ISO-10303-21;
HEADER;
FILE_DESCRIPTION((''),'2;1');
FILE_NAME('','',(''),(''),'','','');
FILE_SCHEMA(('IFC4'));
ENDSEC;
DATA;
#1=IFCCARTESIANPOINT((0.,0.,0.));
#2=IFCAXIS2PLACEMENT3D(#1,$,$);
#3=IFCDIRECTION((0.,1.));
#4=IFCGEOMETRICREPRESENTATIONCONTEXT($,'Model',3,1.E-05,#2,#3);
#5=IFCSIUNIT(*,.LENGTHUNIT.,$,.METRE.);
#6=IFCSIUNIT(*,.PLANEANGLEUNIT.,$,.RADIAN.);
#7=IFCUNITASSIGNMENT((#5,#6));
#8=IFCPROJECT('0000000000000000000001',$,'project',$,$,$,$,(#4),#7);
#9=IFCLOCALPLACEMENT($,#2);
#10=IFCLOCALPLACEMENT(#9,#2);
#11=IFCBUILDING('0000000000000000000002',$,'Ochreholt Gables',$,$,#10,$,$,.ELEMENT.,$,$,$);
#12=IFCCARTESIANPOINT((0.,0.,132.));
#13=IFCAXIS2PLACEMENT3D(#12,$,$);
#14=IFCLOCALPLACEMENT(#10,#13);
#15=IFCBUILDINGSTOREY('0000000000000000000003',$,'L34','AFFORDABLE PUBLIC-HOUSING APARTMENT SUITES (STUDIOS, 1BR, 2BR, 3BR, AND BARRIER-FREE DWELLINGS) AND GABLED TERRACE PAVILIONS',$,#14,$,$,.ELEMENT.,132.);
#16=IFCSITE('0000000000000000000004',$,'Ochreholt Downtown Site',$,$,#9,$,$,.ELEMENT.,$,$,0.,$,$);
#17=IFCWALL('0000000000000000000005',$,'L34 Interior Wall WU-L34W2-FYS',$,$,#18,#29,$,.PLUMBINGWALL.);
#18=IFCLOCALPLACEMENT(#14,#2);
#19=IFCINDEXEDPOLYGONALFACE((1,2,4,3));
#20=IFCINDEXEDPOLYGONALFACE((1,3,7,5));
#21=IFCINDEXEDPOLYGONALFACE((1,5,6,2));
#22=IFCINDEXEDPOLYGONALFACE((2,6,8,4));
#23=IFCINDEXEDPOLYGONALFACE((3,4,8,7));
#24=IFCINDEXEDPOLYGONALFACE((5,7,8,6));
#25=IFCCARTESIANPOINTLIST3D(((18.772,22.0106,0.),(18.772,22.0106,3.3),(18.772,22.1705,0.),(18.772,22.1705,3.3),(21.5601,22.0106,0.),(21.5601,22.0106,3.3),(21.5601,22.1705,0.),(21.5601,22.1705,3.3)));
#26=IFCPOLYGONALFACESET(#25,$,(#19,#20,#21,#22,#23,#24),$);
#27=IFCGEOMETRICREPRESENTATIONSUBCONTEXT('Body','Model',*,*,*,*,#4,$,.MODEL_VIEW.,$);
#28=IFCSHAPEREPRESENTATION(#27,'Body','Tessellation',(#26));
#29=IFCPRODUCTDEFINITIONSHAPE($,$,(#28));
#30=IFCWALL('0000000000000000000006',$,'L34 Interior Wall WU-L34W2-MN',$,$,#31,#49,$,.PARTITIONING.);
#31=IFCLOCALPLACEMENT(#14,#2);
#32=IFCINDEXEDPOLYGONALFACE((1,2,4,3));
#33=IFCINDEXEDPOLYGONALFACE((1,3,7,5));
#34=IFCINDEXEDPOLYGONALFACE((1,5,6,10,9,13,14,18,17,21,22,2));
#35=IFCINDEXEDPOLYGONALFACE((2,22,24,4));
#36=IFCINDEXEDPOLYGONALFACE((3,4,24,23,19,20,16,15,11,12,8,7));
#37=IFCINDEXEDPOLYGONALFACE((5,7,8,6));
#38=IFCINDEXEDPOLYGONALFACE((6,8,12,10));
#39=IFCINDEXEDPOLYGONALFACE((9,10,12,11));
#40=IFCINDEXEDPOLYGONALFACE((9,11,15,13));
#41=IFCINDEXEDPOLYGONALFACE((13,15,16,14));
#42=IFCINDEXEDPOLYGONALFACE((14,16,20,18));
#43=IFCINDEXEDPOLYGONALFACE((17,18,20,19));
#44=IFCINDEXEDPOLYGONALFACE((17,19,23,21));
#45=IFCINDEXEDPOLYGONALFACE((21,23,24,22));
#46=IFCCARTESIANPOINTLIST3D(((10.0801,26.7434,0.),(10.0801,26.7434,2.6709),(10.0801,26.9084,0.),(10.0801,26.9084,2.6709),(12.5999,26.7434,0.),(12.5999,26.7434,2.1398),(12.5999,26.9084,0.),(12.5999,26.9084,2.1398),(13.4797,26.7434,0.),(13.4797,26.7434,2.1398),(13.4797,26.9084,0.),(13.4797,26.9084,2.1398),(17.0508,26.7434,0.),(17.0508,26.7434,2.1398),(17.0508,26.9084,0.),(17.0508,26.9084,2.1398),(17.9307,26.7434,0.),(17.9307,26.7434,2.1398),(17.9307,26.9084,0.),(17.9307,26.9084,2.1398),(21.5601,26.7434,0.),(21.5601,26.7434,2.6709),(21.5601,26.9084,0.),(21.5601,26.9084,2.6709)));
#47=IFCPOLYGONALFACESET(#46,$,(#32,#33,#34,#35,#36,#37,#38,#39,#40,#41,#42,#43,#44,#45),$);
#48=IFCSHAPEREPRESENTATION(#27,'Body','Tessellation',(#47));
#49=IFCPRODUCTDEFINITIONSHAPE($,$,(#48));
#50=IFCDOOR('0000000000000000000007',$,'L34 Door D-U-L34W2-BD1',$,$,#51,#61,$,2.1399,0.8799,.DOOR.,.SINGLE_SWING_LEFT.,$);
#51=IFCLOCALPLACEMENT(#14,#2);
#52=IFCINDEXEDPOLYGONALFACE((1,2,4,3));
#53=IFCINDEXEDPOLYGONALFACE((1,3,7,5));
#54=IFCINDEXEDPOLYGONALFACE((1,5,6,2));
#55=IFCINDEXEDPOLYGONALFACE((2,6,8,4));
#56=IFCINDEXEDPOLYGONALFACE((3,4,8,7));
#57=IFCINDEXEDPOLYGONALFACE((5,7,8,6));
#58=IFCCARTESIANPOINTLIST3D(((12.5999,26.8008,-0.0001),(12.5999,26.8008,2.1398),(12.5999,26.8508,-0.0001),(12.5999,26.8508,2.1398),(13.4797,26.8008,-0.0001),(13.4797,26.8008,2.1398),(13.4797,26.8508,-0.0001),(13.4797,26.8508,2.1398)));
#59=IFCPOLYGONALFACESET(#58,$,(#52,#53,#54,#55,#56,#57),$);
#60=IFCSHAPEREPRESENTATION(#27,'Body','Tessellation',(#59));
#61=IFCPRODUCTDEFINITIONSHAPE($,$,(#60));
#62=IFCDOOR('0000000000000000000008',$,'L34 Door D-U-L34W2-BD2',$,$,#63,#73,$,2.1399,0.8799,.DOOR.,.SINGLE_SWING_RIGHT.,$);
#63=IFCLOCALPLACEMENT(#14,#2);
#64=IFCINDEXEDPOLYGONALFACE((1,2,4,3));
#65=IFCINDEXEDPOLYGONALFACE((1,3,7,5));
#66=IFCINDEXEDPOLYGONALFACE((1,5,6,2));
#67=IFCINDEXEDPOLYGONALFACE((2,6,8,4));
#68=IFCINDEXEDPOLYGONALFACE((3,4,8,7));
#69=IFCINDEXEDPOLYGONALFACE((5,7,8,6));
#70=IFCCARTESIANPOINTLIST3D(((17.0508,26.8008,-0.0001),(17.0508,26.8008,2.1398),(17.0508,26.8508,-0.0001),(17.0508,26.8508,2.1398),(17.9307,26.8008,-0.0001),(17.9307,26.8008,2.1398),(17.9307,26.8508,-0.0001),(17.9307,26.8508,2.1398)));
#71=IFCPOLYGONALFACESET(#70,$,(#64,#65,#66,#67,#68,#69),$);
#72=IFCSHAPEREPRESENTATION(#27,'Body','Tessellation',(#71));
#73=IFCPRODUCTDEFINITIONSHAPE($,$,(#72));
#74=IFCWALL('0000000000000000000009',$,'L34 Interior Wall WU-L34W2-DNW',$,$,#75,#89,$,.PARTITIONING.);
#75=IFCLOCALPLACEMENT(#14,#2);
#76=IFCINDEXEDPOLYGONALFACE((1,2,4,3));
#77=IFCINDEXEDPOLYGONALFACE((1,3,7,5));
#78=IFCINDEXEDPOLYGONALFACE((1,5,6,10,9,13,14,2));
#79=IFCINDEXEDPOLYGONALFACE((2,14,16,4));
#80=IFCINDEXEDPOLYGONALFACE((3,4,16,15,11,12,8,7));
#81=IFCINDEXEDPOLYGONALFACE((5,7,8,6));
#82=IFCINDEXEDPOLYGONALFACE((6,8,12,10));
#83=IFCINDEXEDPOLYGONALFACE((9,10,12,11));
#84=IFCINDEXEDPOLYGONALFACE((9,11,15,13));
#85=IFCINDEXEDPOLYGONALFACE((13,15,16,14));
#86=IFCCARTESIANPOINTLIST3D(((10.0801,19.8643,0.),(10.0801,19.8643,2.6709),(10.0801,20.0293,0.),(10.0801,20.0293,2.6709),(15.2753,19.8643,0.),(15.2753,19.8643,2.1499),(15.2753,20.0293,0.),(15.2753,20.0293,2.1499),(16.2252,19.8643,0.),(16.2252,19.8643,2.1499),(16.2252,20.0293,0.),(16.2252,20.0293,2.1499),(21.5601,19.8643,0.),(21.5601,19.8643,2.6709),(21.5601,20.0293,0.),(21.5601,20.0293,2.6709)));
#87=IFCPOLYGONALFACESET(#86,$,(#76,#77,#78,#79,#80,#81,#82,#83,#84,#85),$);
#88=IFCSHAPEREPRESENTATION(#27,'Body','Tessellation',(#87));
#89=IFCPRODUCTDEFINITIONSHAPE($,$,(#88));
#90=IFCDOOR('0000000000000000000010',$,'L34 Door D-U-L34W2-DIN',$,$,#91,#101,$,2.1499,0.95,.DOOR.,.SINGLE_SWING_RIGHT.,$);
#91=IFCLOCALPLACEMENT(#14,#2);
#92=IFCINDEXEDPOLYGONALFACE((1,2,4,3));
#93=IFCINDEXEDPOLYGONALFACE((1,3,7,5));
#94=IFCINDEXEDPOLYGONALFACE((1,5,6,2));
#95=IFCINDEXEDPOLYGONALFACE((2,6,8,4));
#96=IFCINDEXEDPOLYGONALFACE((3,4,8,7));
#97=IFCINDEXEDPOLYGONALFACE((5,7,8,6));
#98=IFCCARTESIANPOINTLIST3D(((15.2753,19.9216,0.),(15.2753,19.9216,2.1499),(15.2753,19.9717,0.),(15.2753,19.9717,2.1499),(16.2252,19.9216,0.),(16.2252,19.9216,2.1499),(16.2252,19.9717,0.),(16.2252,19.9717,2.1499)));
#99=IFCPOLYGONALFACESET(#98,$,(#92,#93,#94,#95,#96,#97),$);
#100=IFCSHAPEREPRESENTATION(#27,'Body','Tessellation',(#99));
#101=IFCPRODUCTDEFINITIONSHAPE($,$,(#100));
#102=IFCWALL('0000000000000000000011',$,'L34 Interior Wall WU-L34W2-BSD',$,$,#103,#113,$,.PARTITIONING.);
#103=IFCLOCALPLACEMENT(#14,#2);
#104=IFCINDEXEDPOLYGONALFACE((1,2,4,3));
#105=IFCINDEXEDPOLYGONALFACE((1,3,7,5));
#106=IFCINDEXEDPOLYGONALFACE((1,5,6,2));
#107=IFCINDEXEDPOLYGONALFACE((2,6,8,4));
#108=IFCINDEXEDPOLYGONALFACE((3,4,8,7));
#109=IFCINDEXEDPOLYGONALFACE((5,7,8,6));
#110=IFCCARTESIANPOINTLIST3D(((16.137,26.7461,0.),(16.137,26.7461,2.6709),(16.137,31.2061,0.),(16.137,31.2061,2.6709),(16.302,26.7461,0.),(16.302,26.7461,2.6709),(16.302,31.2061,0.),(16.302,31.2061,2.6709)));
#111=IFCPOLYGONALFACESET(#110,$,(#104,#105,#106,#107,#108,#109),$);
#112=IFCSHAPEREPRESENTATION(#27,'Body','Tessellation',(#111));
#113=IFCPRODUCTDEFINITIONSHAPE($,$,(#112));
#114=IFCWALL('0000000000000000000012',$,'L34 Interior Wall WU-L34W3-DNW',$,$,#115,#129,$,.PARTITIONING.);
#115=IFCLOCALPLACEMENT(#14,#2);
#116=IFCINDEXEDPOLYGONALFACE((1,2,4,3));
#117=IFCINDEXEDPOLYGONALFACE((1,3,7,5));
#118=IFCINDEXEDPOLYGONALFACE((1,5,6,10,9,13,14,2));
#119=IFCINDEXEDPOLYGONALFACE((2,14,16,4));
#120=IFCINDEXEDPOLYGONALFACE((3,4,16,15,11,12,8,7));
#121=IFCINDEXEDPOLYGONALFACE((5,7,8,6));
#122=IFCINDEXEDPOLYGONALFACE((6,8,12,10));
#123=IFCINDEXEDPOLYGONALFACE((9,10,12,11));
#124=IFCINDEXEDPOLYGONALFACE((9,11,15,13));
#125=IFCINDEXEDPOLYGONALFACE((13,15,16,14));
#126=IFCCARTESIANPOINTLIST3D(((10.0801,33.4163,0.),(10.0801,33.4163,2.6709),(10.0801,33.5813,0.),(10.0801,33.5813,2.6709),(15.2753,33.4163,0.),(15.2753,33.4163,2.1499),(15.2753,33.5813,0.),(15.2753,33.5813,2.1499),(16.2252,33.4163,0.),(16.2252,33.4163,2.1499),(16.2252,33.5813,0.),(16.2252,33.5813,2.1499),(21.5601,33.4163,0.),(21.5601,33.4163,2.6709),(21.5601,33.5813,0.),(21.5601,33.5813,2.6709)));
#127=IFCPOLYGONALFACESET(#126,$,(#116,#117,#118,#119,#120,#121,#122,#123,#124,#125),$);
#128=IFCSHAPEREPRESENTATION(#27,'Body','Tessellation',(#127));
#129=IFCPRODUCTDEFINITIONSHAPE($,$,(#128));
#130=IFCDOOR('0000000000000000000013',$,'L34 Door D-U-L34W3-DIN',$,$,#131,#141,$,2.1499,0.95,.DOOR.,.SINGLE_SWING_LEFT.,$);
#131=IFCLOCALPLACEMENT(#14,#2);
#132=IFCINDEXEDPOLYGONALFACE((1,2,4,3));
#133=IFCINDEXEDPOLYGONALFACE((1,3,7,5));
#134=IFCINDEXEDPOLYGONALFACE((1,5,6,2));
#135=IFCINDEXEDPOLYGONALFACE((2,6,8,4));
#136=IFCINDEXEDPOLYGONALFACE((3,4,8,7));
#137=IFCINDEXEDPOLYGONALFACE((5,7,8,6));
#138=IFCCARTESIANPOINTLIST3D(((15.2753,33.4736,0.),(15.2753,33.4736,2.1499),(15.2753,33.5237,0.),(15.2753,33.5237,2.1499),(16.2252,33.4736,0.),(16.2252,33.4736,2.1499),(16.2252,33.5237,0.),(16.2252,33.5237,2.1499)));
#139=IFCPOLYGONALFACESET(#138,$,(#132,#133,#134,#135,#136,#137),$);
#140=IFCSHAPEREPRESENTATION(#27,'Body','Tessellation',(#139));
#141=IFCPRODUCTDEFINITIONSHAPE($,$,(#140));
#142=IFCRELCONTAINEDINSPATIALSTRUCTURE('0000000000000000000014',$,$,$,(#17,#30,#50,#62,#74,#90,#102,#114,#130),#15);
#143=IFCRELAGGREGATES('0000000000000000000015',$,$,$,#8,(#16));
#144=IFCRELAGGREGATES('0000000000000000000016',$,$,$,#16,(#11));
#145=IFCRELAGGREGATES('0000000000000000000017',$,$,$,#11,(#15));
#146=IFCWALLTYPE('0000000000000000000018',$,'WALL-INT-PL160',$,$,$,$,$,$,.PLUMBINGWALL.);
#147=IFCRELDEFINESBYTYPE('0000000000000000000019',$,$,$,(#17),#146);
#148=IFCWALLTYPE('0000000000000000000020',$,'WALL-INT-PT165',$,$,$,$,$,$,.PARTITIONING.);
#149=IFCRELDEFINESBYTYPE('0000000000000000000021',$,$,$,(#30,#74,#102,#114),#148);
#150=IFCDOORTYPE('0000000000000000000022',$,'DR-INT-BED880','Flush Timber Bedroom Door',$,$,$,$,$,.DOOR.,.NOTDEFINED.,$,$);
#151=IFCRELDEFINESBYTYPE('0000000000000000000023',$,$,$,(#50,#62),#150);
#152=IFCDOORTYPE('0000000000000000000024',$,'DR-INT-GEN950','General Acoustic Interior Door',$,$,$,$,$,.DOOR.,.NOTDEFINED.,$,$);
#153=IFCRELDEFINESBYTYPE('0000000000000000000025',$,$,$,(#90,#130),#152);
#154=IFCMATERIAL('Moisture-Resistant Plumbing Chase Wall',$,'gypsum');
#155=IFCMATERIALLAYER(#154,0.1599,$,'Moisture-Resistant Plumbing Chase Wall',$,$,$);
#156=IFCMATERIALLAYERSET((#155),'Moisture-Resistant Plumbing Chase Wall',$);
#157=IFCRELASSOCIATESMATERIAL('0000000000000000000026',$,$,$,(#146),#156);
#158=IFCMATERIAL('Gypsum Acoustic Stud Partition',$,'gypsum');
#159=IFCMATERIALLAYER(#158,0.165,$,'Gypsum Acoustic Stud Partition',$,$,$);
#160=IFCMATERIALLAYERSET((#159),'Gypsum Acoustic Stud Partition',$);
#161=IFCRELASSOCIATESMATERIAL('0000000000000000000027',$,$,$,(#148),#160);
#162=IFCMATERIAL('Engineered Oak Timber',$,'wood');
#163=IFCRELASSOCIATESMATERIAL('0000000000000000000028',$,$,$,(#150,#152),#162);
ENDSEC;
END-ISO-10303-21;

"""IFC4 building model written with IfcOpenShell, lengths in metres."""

from ifc_helpers import new_model, si_unit, direction, frame, frame_2d, origin, place, context, subcontext, project, spatial, rectangle, extrude, material, layer, layer_set, type_object, element, fill, save


model = new_model("IFC4")

# Units and contexts
model_context = context("Model", 3, precision=1e-05, world=origin(), true_north=direction((0.0, 1.0)))
body_context = subcontext(model_context, "Body", "Model", "MODEL_VIEW")
ifc_project = project(units=[si_unit("LENGTHUNIT", "METRE"), si_unit("PLANEANGLEUNIT", "RADIAN")], contexts=[model_context])

# Site, building, storey
site_placement = place(None, origin())
site = spatial("IfcSite", under=ifc_project, at=site_placement, Name="Ochreholt Downtown Site", CompositionType="ELEMENT", RefElevation=0.0)
building_placement = place(site_placement, origin())
building = spatial("IfcBuilding", under=site, at=building_placement, Name="Ochreholt Gables", CompositionType="ELEMENT")
storey_placement = place(building_placement, frame((0.0, 0.0, 132.0)))
storey = spatial("IfcBuildingStorey", under=building, at=storey_placement, Name="L34", Description="AFFORDABLE PUBLIC-HOUSING APARTMENT SUITES (STUDIOS, 1BR, 2BR, 3BR, AND BARRIER-FREE DWELLINGS) AND GABLED TERRACE PAVILIONS", CompositionType="ELEMENT", Elevation=132.0)

# Wall
ifc_material_1 = material(Name="Moisture-Resistant Plumbing Chase Wall", Category="gypsum")
ifc_layer_1 = layer(ifc_material_1, 0.1599, Name="Moisture-Resistant Plumbing Chase Wall")
ifc_layer_set_1 = layer_set([ifc_layer_1], Name="Moisture-Resistant Plumbing Chase Wall")
wall_type_1 = type_object("IfcWallType", Name="WALL-INT-PL160", PredefinedType="PLUMBINGWALL", material=ifc_layer_set_1)
wall_1_placement = place(storey_placement, frame((18.772, 22.0906, 0.0), z_axis=(0.0, 0.0, 1.0), x_axis=(1.0, 0.0, 0.0)))
element("IfcWall", 1, at=wall_1_placement, inside=storey, type_object=wall_type_1, Name="L34 Interior Wall WU-L34W2-FYS", PredefinedType="PLUMBINGWALL", context=body_context, shape_type="SweptSolid", body=[
    extrude(rectangle(XDim=2.7881, YDim=0.1599, at=frame_2d((1.394, 0.0))), origin(), (0.0, 0.0, 1.0), 3.3),
])

# Wall, openings, doors
ifc_material_2 = material(Name="Engineered Oak Timber", Category="wood")
ifc_material_3 = material(Name="Gypsum Acoustic Stud Partition", Category="gypsum")
ifc_layer_2 = layer(ifc_material_3, 0.165, Name="Gypsum Acoustic Stud Partition")
ifc_layer_set_2 = layer_set([ifc_layer_2], Name="Gypsum Acoustic Stud Partition")
wall_type_2 = type_object("IfcWallType", Name="WALL-INT-PT165", PredefinedType="PARTITIONING", material=ifc_layer_set_2)
wall_2_placement = place(storey_placement, frame((10.0801, 26.8259, 0.0), z_axis=(0.0, 0.0, 1.0), x_axis=(1.0, 0.0, 0.0)))
wall_2 = element("IfcWall", 2, at=wall_2_placement, inside=storey, type_object=wall_type_2, Name="L34 Interior Wall WU-L34W2-MN", PredefinedType="PARTITIONING", context=body_context, shape_type="SweptSolid", body=[
    extrude(rectangle(XDim=11.48, YDim=0.165, at=frame_2d((5.74, 0.0))), origin(), (0.0, 0.0, 1.0), 2.6709),
])
opening_1_placement = place(wall_2_placement, frame((2.5198, 0.0, 0.0)))
opening_1 = element("IfcOpeningElement", 3, at=opening_1_placement, cuts=wall_2, PredefinedType="OPENING", context=body_context, shape_type="SweptSolid", body=[
    extrude(rectangle(XDim=0.8799, YDim=2.1399, at=frame_2d((0.4399, 1.0698))), frame((0.0, 0.0925, 0.0), z_axis=(0.0, -1.0, 0.0), x_axis=(1.0, 0.0, 0.0)), (0.0, 0.0, 1.0), 0.1851),
])
opening_2_placement = place(wall_2_placement, frame((6.9707, 0.0, 0.0)))
opening_2 = element("IfcOpeningElement", 4, at=opening_2_placement, cuts=wall_2, PredefinedType="OPENING", context=body_context, shape_type="SweptSolid", body=[
    extrude(rectangle(XDim=0.8799, YDim=2.1399, at=frame_2d((0.4399, 1.0698))), frame((0.0, 0.0925, 0.0), z_axis=(0.0, -1.0, 0.0), x_axis=(1.0, 0.0, 0.0)), (0.0, 0.0, 1.0), 0.1851),
])
door_type_1 = type_object("IfcDoorType", Name="DR-INT-BED880", Description="Flush Timber Bedroom Door", OperationType="NOTDEFINED", PredefinedType="DOOR", material=ifc_material_2)
door_1_placement = place(opening_1_placement, origin())
door_1 = element("IfcDoor", 5, at=door_1_placement, inside=storey, type_object=door_type_1, Name="L34 Door D-U-L34W2-BD1", OperationType="SINGLE_SWING_LEFT", OverallHeight=2.1399, OverallWidth=0.8799, PredefinedType="DOOR", context=body_context, shape_type="SweptSolid", body=[
    extrude(rectangle(XDim=0.8799, YDim=2.1399, at=frame_2d((0.4399, 1.0698))), frame((0.0, 0.0249, 0.0), z_axis=(0.0, -1.0, 0.0), x_axis=(1.0, 0.0, 0.0)), (0.0, 0.0, 1.0), 0.05),
])
fill(opening_1, door_1)
door_2_placement = place(opening_2_placement, origin())
door_2 = element("IfcDoor", 6, at=door_2_placement, inside=storey, type_object=door_type_1, Name="L34 Door D-U-L34W2-BD2", OperationType="SINGLE_SWING_RIGHT", OverallHeight=2.1399, OverallWidth=0.8799, PredefinedType="DOOR", context=body_context, shape_type="SweptSolid", body=[
    extrude(rectangle(XDim=0.8799, YDim=2.1399, at=frame_2d((0.4399, 1.0698))), frame((0.0, 0.0249, 0.0), z_axis=(0.0, -1.0, 0.0), x_axis=(1.0, 0.0, 0.0)), (0.0, 0.0, 1.0), 0.05),
])
fill(opening_2, door_2)

# Wall, opening, door
wall_3_placement = place(storey_placement, frame((10.0801, 19.9468, 0.0), z_axis=(0.0, 0.0, 1.0), x_axis=(1.0, 0.0, 0.0)))
wall_3 = element("IfcWall", 7, at=wall_3_placement, inside=storey, type_object=wall_type_2, Name="L34 Interior Wall WU-L34W2-DNW", PredefinedType="PARTITIONING", context=body_context, shape_type="SweptSolid", body=[
    extrude(rectangle(XDim=11.48, YDim=0.165, at=frame_2d((5.74, 0.0))), origin(), (0.0, 0.0, 1.0), 2.6709),
])
opening_3_placement = place(wall_3_placement, frame((5.1951, 0.0, 0.0)))
opening_3 = element("IfcOpeningElement", 8, at=opening_3_placement, cuts=wall_3, PredefinedType="OPENING", context=body_context, shape_type="SweptSolid", body=[
    extrude(rectangle(XDim=0.95, YDim=2.1499, at=frame_2d((0.4751, 1.075))), frame((0.0, 0.0925, 0.0), z_axis=(0.0, -1.0, 0.0), x_axis=(1.0, 0.0, 0.0)), (0.0, 0.0, 1.0), 0.1851),
])
door_type_2 = type_object("IfcDoorType", Name="DR-INT-GEN950", Description="General Acoustic Interior Door", OperationType="NOTDEFINED", PredefinedType="DOOR", material=ifc_material_2)
door_3_placement = place(opening_3_placement, origin())
door_3 = element("IfcDoor", 9, at=door_3_placement, inside=storey, type_object=door_type_2, Name="L34 Door D-U-L34W2-DIN", OperationType="SINGLE_SWING_RIGHT", OverallHeight=2.1499, OverallWidth=0.95, PredefinedType="DOOR", context=body_context, shape_type="SweptSolid", body=[
    extrude(rectangle(XDim=0.95, YDim=2.1499, at=frame_2d((0.4751, 1.075))), frame((0.0, 0.0249, 0.0), z_axis=(0.0, -1.0, 0.0), x_axis=(1.0, 0.0, 0.0)), (0.0, 0.0, 1.0), 0.05),
])
fill(opening_3, door_3)

# Wall
wall_4_placement = place(storey_placement, frame((16.2195, 26.7461, 0.0), z_axis=(0.0, 0.0, 1.0), x_axis=(0.0, 1.0, 0.0)))
element("IfcWall", 10, at=wall_4_placement, inside=storey, type_object=wall_type_2, Name="L34 Interior Wall WU-L34W2-BSD", PredefinedType="PARTITIONING", context=body_context, shape_type="SweptSolid", body=[
    extrude(rectangle(XDim=4.46, YDim=0.165, at=frame_2d((2.23, 0.0))), origin(), (0.0, 0.0, 1.0), 2.6709),
])

# Wall, opening, door
wall_5_placement = place(storey_placement, frame((10.0801, 33.4988, 0.0), z_axis=(0.0, 0.0, 1.0), x_axis=(1.0, 0.0, 0.0)))
wall_5 = element("IfcWall", 11, at=wall_5_placement, inside=storey, type_object=wall_type_2, Name="L34 Interior Wall WU-L34W3-DNW", PredefinedType="PARTITIONING", context=body_context, shape_type="SweptSolid", body=[
    extrude(rectangle(XDim=11.48, YDim=0.165, at=frame_2d((5.74, 0.0))), origin(), (0.0, 0.0, 1.0), 2.6709),
])
opening_4_placement = place(wall_5_placement, frame((5.1951, 0.0, 0.0)))
opening_4 = element("IfcOpeningElement", 12, at=opening_4_placement, cuts=wall_5, PredefinedType="OPENING", context=body_context, shape_type="SweptSolid", body=[
    extrude(rectangle(XDim=0.95, YDim=2.1499, at=frame_2d((0.4751, 1.075))), frame((0.0, 0.0925, 0.0), z_axis=(0.0, -1.0, 0.0), x_axis=(1.0, 0.0, 0.0)), (0.0, 0.0, 1.0), 0.1851),
])
door_4_placement = place(opening_4_placement, origin())
door_4 = element("IfcDoor", 13, at=door_4_placement, inside=storey, type_object=door_type_2, Name="L34 Door D-U-L34W3-DIN", OperationType="SINGLE_SWING_LEFT", OverallHeight=2.1499, OverallWidth=0.95, PredefinedType="DOOR", context=body_context, shape_type="SweptSolid", body=[
    extrude(rectangle(XDim=0.95, YDim=2.1499, at=frame_2d((0.4751, 1.075))), frame((0.0, 0.0249, 0.0), z_axis=(0.0, -1.0, 0.0), x_axis=(1.0, 0.0, 0.0)), (0.0, 0.0, 1.0), 0.05),
])
fill(opening_4, door_4)

save(model, "model.ifc")
